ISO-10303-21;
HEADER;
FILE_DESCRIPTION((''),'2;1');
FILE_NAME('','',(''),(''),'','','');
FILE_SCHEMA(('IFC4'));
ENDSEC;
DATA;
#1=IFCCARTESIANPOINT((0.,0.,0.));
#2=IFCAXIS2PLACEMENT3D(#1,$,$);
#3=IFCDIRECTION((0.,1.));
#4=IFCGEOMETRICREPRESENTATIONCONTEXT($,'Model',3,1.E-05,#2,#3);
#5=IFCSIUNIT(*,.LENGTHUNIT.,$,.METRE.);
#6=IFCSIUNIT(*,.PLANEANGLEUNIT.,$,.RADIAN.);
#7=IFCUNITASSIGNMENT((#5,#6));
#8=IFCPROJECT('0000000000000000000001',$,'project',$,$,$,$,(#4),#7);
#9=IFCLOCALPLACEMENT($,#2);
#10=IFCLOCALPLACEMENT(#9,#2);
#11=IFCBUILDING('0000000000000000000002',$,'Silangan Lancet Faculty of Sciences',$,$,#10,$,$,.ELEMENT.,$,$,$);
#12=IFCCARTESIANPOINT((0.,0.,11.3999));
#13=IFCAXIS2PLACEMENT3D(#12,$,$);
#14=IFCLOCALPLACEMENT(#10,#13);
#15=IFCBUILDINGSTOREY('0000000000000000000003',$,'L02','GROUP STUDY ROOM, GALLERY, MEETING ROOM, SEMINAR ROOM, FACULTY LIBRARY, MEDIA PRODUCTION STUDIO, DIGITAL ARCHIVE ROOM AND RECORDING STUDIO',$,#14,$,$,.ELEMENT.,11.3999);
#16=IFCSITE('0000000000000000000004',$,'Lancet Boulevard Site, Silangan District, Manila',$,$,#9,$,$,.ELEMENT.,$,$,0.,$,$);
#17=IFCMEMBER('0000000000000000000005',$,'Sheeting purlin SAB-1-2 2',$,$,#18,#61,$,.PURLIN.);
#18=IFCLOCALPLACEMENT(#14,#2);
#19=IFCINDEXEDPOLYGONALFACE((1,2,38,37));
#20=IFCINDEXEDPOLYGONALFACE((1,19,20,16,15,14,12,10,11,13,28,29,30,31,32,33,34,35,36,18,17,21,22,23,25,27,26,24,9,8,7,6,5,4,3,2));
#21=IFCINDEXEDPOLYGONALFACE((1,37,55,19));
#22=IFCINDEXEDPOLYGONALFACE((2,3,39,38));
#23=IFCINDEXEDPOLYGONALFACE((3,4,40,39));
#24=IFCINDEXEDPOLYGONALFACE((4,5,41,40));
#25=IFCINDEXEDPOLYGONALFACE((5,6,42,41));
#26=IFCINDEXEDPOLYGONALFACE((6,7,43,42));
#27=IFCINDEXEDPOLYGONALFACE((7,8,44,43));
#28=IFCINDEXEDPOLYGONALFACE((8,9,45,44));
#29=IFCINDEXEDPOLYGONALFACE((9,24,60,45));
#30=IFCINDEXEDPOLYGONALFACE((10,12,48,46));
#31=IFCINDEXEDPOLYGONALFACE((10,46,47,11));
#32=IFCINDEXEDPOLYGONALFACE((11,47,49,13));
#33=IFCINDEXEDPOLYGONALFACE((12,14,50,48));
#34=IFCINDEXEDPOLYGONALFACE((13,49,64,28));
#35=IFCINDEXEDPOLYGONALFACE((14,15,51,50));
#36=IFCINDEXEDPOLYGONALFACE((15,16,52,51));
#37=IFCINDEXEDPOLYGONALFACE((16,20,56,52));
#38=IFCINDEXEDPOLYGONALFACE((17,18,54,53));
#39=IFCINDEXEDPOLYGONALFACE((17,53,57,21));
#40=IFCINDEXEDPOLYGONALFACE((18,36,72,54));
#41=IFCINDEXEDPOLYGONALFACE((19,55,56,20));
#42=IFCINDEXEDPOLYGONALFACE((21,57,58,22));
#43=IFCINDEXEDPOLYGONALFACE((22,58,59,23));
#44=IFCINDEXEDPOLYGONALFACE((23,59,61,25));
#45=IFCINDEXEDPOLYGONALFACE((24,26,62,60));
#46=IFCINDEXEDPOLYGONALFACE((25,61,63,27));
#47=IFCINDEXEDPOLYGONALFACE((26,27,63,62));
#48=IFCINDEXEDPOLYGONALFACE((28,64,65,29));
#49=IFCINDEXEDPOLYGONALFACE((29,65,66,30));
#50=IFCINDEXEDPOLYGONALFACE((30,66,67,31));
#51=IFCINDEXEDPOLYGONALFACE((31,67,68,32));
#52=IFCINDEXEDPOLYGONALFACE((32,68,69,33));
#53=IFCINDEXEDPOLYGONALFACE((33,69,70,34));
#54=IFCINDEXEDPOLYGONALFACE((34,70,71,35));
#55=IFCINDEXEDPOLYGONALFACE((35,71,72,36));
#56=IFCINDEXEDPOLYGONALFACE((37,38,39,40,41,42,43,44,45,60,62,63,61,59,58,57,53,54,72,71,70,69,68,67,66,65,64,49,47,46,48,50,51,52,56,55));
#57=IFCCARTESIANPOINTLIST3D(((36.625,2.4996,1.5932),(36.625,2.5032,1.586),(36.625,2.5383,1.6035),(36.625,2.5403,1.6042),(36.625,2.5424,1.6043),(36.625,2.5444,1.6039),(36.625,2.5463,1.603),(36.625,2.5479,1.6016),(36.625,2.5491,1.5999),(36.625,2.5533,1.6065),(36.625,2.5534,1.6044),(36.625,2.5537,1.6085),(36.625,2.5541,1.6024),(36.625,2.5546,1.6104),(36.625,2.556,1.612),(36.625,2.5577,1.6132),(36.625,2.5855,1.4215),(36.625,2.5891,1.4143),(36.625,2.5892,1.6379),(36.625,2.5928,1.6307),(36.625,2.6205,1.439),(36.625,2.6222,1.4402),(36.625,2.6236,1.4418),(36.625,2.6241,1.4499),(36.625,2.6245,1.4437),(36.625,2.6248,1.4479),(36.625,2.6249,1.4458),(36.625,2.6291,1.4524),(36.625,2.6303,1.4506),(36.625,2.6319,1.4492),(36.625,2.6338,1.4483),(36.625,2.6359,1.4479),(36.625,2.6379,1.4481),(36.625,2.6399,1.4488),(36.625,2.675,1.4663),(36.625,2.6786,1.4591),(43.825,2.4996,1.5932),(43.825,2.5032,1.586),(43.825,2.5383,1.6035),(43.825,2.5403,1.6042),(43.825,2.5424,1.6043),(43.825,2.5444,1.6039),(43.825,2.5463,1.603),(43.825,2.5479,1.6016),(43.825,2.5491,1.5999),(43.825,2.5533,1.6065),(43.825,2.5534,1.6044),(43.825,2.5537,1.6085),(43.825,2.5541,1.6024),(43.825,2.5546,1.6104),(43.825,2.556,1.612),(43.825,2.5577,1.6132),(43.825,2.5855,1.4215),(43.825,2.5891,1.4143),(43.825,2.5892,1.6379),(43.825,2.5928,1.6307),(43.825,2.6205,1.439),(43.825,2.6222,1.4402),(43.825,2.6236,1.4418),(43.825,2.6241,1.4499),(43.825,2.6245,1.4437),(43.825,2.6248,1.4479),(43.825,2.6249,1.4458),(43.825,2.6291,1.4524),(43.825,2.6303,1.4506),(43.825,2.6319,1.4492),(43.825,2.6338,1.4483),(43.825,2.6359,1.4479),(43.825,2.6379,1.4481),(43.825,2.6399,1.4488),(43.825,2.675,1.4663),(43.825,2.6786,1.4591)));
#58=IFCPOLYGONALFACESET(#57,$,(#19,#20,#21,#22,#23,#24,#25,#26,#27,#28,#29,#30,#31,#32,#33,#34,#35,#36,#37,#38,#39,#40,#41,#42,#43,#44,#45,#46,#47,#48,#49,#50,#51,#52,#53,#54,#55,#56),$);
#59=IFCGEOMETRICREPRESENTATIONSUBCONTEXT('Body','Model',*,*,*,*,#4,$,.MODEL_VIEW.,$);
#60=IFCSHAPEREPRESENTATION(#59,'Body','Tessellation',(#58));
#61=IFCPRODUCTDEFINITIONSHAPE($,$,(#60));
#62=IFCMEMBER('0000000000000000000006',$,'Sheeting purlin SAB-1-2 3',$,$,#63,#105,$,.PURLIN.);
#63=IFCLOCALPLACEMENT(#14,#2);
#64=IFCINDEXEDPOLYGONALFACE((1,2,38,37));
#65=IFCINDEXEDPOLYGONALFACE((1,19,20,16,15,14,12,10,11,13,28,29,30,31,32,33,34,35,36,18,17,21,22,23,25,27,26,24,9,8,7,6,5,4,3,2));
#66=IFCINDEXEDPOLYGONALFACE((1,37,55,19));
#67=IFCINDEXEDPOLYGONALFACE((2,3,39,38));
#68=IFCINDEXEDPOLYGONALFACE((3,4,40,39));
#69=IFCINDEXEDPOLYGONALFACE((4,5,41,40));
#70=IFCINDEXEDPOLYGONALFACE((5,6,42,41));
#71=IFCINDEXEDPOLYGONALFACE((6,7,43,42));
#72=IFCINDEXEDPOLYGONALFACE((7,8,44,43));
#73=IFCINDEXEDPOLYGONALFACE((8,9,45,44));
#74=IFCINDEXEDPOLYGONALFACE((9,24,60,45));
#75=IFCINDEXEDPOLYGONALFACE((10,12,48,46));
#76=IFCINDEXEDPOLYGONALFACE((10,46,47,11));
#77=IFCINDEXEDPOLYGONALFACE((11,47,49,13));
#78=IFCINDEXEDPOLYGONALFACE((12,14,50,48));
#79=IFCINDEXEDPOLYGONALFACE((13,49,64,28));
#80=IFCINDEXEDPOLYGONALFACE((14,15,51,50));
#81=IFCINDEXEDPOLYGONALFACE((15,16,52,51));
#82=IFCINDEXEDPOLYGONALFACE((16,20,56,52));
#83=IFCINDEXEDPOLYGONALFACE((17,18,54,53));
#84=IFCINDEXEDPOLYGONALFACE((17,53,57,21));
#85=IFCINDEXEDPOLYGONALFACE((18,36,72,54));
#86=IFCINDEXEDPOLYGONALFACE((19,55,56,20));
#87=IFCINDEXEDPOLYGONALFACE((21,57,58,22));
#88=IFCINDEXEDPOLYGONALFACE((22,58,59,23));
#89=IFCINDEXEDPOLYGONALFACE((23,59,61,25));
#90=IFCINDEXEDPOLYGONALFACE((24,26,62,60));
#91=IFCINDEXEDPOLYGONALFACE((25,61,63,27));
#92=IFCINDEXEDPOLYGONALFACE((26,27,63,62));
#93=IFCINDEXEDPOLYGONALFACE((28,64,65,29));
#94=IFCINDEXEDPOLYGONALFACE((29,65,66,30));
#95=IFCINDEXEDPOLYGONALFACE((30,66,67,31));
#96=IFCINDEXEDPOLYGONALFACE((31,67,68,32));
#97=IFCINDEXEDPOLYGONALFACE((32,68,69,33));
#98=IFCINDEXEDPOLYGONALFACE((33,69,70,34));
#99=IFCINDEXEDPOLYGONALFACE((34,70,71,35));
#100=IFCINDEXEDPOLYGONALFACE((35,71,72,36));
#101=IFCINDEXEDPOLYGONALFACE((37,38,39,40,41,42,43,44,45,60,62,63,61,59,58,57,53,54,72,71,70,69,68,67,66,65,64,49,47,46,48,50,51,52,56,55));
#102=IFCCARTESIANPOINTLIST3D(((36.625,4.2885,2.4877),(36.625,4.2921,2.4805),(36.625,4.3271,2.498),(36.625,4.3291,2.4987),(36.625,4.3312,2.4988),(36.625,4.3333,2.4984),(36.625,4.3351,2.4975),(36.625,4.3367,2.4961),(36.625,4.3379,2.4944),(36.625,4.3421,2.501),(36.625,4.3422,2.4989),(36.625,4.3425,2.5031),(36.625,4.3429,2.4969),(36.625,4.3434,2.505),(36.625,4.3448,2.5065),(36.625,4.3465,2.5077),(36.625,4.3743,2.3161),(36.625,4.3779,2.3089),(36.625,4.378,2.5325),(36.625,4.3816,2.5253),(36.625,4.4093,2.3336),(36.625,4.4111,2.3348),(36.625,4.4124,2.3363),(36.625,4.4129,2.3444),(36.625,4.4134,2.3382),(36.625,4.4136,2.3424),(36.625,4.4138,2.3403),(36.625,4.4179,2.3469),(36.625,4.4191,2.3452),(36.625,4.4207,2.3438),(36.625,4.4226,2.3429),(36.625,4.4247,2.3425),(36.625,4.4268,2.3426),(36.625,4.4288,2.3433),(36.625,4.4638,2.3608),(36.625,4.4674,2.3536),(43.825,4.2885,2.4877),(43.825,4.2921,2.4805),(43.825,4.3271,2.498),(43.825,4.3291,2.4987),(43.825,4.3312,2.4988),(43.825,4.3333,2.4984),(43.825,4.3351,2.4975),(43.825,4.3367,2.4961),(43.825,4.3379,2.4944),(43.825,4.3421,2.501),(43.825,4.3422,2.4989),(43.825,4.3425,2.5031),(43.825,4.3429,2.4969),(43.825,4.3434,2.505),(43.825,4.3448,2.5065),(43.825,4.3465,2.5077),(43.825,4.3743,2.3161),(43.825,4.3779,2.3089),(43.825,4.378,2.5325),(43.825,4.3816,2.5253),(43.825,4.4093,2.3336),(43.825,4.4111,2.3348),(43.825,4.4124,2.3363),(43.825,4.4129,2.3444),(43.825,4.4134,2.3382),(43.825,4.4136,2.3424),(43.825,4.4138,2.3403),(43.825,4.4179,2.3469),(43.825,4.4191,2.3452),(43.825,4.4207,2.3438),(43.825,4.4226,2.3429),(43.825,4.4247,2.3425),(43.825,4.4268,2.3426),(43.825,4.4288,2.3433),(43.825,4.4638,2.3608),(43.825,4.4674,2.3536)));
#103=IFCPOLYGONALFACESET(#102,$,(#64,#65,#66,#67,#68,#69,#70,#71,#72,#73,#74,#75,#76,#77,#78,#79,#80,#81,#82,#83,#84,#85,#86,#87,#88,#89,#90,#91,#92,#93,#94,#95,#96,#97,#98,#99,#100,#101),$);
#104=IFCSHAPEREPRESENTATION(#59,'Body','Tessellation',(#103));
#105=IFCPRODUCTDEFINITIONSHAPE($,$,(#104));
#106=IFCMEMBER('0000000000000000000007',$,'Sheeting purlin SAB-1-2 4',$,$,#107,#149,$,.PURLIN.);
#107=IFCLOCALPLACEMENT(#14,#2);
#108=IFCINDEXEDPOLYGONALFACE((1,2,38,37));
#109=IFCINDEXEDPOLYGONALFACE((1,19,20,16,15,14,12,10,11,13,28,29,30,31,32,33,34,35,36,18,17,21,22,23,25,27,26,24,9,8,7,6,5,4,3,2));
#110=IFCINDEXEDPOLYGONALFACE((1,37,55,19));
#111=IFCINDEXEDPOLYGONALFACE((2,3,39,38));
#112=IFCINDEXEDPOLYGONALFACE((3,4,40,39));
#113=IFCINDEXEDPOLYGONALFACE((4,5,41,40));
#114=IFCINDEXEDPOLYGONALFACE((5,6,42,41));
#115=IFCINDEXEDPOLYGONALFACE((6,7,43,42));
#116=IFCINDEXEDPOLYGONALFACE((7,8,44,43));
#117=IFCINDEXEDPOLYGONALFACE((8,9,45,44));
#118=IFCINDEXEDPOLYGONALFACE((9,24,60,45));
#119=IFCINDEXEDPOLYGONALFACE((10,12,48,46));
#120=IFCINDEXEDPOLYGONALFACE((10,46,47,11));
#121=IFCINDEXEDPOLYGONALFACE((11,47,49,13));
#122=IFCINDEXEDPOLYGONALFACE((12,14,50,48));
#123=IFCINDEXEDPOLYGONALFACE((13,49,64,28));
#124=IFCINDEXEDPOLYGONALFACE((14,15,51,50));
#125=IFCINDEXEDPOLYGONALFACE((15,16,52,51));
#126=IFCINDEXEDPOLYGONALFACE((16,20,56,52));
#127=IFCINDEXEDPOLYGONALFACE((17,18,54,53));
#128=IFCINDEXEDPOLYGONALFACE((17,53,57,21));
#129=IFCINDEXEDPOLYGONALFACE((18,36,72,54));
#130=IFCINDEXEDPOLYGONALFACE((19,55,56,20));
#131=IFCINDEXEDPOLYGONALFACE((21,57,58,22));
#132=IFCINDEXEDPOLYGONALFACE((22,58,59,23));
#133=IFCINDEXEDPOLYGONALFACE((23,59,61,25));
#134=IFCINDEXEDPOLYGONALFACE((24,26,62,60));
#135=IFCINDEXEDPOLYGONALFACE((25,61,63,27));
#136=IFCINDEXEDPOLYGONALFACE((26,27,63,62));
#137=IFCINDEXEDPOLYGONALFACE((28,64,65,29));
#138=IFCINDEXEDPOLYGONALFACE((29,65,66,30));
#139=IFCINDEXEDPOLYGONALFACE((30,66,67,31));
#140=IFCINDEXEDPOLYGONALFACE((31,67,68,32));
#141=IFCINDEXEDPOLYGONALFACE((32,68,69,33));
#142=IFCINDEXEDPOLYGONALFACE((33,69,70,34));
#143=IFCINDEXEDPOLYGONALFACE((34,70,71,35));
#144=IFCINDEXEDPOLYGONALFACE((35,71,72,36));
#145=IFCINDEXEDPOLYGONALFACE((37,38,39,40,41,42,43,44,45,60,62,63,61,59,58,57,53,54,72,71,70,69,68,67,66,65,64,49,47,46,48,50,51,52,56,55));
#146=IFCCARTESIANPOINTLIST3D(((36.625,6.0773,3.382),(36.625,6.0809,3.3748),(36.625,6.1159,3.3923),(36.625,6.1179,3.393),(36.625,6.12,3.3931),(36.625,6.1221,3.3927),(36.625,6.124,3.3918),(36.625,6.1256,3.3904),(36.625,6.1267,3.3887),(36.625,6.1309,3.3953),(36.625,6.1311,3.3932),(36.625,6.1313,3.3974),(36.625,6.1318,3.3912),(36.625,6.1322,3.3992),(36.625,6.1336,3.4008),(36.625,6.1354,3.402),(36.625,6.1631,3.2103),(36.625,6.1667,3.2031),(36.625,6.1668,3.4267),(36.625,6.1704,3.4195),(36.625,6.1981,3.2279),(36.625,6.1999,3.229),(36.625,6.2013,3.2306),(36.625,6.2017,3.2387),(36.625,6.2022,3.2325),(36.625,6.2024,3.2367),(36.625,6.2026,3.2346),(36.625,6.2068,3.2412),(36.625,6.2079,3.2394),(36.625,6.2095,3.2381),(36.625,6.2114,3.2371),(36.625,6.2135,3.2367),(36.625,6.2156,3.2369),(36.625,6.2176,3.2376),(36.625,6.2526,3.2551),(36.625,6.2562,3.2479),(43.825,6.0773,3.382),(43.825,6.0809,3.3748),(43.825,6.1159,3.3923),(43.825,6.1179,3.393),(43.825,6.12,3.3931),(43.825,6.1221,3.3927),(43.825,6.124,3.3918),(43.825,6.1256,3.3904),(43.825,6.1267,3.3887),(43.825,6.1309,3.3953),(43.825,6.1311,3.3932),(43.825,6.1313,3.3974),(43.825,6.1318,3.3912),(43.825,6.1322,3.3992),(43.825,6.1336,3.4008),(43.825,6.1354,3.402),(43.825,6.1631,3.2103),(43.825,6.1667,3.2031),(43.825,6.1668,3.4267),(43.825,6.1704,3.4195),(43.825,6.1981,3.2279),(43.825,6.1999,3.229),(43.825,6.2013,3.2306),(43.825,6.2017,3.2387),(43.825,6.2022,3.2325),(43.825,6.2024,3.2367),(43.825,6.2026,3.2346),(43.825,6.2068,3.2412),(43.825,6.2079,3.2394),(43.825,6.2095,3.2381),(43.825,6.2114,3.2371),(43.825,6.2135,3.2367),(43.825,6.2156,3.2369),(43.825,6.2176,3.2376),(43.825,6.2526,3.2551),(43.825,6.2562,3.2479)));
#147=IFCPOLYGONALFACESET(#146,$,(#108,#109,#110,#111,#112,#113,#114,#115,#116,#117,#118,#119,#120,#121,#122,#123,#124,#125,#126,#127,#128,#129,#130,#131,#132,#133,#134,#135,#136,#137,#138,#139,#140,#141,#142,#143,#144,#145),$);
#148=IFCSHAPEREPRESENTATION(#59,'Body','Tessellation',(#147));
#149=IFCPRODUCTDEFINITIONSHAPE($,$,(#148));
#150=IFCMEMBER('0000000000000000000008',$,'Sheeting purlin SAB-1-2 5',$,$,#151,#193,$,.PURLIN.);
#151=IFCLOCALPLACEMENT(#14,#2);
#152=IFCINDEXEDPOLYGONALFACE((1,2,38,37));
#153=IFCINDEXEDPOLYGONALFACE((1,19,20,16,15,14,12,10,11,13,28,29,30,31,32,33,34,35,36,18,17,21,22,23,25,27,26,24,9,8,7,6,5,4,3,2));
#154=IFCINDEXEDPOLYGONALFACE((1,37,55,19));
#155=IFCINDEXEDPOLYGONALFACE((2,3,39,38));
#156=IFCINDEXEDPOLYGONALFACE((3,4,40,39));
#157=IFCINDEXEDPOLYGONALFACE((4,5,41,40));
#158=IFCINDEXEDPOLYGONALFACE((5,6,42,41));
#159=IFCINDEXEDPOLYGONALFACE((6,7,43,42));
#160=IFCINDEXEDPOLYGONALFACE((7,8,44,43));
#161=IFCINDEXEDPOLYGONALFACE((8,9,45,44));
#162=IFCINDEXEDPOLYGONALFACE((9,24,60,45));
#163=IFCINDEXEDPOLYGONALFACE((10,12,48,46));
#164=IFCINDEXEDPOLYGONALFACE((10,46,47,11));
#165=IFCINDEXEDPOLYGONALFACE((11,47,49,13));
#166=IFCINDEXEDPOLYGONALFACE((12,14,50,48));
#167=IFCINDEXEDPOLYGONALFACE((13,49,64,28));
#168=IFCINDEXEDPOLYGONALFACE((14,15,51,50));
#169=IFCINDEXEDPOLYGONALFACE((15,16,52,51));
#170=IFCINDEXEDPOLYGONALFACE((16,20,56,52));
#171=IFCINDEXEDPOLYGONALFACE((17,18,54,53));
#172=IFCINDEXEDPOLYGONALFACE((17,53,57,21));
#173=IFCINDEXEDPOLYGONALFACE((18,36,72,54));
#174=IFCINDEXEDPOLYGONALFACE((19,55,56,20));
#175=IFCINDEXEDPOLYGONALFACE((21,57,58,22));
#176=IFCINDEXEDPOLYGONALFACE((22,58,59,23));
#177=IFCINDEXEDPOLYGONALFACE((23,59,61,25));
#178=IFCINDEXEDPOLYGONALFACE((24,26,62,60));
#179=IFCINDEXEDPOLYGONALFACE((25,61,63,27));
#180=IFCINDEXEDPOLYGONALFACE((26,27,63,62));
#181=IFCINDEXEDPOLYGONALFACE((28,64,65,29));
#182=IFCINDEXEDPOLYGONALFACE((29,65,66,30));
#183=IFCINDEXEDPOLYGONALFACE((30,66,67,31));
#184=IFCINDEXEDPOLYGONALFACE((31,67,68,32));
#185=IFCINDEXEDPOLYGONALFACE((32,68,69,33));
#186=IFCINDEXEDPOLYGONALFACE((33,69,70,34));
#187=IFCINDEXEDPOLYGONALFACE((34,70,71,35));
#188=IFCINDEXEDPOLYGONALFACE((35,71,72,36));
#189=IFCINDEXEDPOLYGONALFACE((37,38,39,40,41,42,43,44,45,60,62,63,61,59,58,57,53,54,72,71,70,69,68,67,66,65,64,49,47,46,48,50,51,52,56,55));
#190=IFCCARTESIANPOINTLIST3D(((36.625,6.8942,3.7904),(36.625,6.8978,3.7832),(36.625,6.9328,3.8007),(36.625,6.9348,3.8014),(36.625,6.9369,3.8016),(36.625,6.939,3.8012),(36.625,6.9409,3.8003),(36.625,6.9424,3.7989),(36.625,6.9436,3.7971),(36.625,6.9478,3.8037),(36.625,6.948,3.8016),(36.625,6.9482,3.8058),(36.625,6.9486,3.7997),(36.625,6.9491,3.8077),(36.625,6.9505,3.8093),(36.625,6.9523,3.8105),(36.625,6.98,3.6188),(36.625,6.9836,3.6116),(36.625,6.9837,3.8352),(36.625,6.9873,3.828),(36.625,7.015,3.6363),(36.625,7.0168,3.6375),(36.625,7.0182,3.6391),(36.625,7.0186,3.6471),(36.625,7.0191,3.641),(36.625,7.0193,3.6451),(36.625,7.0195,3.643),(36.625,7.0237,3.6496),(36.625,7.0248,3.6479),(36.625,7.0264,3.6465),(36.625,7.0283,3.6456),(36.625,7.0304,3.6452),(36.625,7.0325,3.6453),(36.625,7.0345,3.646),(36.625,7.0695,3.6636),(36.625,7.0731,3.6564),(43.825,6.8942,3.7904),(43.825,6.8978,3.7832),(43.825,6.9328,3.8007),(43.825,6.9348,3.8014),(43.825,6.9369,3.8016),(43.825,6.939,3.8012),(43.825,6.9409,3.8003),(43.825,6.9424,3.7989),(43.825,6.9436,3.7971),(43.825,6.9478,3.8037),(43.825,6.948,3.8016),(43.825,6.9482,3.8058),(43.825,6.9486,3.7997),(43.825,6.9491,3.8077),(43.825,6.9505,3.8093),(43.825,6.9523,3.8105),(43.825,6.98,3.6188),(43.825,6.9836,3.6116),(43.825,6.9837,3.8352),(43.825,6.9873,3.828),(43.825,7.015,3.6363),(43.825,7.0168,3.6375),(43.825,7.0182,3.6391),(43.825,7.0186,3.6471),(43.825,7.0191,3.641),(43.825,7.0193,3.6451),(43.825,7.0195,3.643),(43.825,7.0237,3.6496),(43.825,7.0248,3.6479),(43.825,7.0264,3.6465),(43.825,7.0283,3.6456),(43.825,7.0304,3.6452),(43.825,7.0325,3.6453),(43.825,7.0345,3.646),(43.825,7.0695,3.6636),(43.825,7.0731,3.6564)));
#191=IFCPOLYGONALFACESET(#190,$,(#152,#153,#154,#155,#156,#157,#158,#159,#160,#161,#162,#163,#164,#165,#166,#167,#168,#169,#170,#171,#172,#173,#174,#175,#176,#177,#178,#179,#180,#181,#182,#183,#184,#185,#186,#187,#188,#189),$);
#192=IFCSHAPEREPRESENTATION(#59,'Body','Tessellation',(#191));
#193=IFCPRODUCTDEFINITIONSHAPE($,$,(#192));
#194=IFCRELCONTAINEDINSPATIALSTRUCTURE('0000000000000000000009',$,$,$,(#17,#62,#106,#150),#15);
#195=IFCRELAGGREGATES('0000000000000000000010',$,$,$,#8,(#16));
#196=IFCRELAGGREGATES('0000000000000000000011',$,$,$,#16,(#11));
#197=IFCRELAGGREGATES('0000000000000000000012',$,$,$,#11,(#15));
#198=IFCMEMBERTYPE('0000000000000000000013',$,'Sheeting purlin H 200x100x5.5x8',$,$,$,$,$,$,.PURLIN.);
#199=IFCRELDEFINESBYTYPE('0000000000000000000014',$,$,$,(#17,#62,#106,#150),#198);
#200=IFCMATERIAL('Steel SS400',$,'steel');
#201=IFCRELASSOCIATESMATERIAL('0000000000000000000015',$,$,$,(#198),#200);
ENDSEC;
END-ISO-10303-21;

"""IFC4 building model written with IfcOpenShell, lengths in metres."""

from ifc_helpers import new_model, si_unit, direction, frame, origin, origin_2d, place, context, subcontext, project, spatial, i_section, extrude, material, material_profile, profile_set, type_object, element, save


model = new_model("IFC4")

# Units and contexts
model_context = context("Model", 3, precision=1e-05, world=origin(), true_north=direction((0.0, 1.0)))
body_context = subcontext(model_context, "Body", "Model", "MODEL_VIEW")
ifc_project = project(units=[si_unit("LENGTHUNIT", "METRE"), si_unit("PLANEANGLEUNIT", "RADIAN")], contexts=[model_context])

# Site, building, storey
site_placement = place(None, origin())
site = spatial("IfcSite", under=ifc_project, at=site_placement, Name="Lancet Boulevard Site, Silangan District, Manila", CompositionType="ELEMENT", RefElevation=0.0)
building_placement = place(site_placement, origin())
building = spatial("IfcBuilding", under=site, at=building_placement, Name="Silangan Lancet Faculty of Sciences", CompositionType="ELEMENT")
storey_placement = place(building_placement, frame((0.0, 0.0, 11.3999)))
storey = spatial("IfcBuildingStorey", under=building, at=storey_placement, Name="L02", Description="GROUP STUDY ROOM, GALLERY, MEETING ROOM, SEMINAR ROOM, FACULTY LIBRARY, MEDIA PRODUCTION STUDIO, DIGITAL ARCHIVE ROOM AND RECORDING STUDIO", CompositionType="ELEMENT", Elevation=11.3999)

# Members
ifc_material_1 = material(Name="Steel SS400", Category="steel")
ifc_material_profile_1 = material_profile(ifc_material_1, i_section(OverallWidth=0.1001, OverallDepth=0.2, WebThickness=0.0056, FlangeThickness=0.0081, FilletRadius=0.0081, at=origin_2d()), Name="H 200x100x5.5x8")
ifc_profile_set_1 = profile_set([ifc_material_profile_1], Name="Steel SS400")
member_type_1 = type_object("IfcMemberType", Name="Sheeting purlin H 200x100x5.5x8", PredefinedType="PURLIN", material=ifc_profile_set_1)
for number, where, z_axis, x_axis, name in (
    (1, (36.625, 2.5891, 1.5261), (1.0, 0.0, 0.0), (0.0, 0.894427, 0.447214), "Sheeting purlin SAB-1-2 2"),
    (2, (36.625, 4.3779, 2.4207), (1.0, 0.0, 0.0), (0.0, 0.894427, 0.447214), "Sheeting purlin SAB-1-2 3"),
    (3, (36.625, 6.1667, 3.3149), (1.0, 0.0, 0.0), (0.0, 0.894427, 0.447214), "Sheeting purlin SAB-1-2 4"),
    (4, (36.625, 6.9836, 3.7234), (1.0, 0.0, 0.0), (0.0, 0.894427, 0.447214), "Sheeting purlin SAB-1-2 5"),
):
    element("IfcMember", number, at=place(storey_placement, frame(where, z_axis=z_axis, x_axis=x_axis)), inside=storey, type_object=member_type_1, Name=name, PredefinedType="PURLIN", context=body_context, shape_type="SweptSolid", body=[
        extrude(i_section(OverallWidth=0.1001, OverallDepth=0.2, WebThickness=0.0056, FlangeThickness=0.0081, FilletRadius=0.0081, at=origin_2d()), origin(), (0.0, 0.0, 1.0), 7.2),
    ])

save(model, "model.ifc")
